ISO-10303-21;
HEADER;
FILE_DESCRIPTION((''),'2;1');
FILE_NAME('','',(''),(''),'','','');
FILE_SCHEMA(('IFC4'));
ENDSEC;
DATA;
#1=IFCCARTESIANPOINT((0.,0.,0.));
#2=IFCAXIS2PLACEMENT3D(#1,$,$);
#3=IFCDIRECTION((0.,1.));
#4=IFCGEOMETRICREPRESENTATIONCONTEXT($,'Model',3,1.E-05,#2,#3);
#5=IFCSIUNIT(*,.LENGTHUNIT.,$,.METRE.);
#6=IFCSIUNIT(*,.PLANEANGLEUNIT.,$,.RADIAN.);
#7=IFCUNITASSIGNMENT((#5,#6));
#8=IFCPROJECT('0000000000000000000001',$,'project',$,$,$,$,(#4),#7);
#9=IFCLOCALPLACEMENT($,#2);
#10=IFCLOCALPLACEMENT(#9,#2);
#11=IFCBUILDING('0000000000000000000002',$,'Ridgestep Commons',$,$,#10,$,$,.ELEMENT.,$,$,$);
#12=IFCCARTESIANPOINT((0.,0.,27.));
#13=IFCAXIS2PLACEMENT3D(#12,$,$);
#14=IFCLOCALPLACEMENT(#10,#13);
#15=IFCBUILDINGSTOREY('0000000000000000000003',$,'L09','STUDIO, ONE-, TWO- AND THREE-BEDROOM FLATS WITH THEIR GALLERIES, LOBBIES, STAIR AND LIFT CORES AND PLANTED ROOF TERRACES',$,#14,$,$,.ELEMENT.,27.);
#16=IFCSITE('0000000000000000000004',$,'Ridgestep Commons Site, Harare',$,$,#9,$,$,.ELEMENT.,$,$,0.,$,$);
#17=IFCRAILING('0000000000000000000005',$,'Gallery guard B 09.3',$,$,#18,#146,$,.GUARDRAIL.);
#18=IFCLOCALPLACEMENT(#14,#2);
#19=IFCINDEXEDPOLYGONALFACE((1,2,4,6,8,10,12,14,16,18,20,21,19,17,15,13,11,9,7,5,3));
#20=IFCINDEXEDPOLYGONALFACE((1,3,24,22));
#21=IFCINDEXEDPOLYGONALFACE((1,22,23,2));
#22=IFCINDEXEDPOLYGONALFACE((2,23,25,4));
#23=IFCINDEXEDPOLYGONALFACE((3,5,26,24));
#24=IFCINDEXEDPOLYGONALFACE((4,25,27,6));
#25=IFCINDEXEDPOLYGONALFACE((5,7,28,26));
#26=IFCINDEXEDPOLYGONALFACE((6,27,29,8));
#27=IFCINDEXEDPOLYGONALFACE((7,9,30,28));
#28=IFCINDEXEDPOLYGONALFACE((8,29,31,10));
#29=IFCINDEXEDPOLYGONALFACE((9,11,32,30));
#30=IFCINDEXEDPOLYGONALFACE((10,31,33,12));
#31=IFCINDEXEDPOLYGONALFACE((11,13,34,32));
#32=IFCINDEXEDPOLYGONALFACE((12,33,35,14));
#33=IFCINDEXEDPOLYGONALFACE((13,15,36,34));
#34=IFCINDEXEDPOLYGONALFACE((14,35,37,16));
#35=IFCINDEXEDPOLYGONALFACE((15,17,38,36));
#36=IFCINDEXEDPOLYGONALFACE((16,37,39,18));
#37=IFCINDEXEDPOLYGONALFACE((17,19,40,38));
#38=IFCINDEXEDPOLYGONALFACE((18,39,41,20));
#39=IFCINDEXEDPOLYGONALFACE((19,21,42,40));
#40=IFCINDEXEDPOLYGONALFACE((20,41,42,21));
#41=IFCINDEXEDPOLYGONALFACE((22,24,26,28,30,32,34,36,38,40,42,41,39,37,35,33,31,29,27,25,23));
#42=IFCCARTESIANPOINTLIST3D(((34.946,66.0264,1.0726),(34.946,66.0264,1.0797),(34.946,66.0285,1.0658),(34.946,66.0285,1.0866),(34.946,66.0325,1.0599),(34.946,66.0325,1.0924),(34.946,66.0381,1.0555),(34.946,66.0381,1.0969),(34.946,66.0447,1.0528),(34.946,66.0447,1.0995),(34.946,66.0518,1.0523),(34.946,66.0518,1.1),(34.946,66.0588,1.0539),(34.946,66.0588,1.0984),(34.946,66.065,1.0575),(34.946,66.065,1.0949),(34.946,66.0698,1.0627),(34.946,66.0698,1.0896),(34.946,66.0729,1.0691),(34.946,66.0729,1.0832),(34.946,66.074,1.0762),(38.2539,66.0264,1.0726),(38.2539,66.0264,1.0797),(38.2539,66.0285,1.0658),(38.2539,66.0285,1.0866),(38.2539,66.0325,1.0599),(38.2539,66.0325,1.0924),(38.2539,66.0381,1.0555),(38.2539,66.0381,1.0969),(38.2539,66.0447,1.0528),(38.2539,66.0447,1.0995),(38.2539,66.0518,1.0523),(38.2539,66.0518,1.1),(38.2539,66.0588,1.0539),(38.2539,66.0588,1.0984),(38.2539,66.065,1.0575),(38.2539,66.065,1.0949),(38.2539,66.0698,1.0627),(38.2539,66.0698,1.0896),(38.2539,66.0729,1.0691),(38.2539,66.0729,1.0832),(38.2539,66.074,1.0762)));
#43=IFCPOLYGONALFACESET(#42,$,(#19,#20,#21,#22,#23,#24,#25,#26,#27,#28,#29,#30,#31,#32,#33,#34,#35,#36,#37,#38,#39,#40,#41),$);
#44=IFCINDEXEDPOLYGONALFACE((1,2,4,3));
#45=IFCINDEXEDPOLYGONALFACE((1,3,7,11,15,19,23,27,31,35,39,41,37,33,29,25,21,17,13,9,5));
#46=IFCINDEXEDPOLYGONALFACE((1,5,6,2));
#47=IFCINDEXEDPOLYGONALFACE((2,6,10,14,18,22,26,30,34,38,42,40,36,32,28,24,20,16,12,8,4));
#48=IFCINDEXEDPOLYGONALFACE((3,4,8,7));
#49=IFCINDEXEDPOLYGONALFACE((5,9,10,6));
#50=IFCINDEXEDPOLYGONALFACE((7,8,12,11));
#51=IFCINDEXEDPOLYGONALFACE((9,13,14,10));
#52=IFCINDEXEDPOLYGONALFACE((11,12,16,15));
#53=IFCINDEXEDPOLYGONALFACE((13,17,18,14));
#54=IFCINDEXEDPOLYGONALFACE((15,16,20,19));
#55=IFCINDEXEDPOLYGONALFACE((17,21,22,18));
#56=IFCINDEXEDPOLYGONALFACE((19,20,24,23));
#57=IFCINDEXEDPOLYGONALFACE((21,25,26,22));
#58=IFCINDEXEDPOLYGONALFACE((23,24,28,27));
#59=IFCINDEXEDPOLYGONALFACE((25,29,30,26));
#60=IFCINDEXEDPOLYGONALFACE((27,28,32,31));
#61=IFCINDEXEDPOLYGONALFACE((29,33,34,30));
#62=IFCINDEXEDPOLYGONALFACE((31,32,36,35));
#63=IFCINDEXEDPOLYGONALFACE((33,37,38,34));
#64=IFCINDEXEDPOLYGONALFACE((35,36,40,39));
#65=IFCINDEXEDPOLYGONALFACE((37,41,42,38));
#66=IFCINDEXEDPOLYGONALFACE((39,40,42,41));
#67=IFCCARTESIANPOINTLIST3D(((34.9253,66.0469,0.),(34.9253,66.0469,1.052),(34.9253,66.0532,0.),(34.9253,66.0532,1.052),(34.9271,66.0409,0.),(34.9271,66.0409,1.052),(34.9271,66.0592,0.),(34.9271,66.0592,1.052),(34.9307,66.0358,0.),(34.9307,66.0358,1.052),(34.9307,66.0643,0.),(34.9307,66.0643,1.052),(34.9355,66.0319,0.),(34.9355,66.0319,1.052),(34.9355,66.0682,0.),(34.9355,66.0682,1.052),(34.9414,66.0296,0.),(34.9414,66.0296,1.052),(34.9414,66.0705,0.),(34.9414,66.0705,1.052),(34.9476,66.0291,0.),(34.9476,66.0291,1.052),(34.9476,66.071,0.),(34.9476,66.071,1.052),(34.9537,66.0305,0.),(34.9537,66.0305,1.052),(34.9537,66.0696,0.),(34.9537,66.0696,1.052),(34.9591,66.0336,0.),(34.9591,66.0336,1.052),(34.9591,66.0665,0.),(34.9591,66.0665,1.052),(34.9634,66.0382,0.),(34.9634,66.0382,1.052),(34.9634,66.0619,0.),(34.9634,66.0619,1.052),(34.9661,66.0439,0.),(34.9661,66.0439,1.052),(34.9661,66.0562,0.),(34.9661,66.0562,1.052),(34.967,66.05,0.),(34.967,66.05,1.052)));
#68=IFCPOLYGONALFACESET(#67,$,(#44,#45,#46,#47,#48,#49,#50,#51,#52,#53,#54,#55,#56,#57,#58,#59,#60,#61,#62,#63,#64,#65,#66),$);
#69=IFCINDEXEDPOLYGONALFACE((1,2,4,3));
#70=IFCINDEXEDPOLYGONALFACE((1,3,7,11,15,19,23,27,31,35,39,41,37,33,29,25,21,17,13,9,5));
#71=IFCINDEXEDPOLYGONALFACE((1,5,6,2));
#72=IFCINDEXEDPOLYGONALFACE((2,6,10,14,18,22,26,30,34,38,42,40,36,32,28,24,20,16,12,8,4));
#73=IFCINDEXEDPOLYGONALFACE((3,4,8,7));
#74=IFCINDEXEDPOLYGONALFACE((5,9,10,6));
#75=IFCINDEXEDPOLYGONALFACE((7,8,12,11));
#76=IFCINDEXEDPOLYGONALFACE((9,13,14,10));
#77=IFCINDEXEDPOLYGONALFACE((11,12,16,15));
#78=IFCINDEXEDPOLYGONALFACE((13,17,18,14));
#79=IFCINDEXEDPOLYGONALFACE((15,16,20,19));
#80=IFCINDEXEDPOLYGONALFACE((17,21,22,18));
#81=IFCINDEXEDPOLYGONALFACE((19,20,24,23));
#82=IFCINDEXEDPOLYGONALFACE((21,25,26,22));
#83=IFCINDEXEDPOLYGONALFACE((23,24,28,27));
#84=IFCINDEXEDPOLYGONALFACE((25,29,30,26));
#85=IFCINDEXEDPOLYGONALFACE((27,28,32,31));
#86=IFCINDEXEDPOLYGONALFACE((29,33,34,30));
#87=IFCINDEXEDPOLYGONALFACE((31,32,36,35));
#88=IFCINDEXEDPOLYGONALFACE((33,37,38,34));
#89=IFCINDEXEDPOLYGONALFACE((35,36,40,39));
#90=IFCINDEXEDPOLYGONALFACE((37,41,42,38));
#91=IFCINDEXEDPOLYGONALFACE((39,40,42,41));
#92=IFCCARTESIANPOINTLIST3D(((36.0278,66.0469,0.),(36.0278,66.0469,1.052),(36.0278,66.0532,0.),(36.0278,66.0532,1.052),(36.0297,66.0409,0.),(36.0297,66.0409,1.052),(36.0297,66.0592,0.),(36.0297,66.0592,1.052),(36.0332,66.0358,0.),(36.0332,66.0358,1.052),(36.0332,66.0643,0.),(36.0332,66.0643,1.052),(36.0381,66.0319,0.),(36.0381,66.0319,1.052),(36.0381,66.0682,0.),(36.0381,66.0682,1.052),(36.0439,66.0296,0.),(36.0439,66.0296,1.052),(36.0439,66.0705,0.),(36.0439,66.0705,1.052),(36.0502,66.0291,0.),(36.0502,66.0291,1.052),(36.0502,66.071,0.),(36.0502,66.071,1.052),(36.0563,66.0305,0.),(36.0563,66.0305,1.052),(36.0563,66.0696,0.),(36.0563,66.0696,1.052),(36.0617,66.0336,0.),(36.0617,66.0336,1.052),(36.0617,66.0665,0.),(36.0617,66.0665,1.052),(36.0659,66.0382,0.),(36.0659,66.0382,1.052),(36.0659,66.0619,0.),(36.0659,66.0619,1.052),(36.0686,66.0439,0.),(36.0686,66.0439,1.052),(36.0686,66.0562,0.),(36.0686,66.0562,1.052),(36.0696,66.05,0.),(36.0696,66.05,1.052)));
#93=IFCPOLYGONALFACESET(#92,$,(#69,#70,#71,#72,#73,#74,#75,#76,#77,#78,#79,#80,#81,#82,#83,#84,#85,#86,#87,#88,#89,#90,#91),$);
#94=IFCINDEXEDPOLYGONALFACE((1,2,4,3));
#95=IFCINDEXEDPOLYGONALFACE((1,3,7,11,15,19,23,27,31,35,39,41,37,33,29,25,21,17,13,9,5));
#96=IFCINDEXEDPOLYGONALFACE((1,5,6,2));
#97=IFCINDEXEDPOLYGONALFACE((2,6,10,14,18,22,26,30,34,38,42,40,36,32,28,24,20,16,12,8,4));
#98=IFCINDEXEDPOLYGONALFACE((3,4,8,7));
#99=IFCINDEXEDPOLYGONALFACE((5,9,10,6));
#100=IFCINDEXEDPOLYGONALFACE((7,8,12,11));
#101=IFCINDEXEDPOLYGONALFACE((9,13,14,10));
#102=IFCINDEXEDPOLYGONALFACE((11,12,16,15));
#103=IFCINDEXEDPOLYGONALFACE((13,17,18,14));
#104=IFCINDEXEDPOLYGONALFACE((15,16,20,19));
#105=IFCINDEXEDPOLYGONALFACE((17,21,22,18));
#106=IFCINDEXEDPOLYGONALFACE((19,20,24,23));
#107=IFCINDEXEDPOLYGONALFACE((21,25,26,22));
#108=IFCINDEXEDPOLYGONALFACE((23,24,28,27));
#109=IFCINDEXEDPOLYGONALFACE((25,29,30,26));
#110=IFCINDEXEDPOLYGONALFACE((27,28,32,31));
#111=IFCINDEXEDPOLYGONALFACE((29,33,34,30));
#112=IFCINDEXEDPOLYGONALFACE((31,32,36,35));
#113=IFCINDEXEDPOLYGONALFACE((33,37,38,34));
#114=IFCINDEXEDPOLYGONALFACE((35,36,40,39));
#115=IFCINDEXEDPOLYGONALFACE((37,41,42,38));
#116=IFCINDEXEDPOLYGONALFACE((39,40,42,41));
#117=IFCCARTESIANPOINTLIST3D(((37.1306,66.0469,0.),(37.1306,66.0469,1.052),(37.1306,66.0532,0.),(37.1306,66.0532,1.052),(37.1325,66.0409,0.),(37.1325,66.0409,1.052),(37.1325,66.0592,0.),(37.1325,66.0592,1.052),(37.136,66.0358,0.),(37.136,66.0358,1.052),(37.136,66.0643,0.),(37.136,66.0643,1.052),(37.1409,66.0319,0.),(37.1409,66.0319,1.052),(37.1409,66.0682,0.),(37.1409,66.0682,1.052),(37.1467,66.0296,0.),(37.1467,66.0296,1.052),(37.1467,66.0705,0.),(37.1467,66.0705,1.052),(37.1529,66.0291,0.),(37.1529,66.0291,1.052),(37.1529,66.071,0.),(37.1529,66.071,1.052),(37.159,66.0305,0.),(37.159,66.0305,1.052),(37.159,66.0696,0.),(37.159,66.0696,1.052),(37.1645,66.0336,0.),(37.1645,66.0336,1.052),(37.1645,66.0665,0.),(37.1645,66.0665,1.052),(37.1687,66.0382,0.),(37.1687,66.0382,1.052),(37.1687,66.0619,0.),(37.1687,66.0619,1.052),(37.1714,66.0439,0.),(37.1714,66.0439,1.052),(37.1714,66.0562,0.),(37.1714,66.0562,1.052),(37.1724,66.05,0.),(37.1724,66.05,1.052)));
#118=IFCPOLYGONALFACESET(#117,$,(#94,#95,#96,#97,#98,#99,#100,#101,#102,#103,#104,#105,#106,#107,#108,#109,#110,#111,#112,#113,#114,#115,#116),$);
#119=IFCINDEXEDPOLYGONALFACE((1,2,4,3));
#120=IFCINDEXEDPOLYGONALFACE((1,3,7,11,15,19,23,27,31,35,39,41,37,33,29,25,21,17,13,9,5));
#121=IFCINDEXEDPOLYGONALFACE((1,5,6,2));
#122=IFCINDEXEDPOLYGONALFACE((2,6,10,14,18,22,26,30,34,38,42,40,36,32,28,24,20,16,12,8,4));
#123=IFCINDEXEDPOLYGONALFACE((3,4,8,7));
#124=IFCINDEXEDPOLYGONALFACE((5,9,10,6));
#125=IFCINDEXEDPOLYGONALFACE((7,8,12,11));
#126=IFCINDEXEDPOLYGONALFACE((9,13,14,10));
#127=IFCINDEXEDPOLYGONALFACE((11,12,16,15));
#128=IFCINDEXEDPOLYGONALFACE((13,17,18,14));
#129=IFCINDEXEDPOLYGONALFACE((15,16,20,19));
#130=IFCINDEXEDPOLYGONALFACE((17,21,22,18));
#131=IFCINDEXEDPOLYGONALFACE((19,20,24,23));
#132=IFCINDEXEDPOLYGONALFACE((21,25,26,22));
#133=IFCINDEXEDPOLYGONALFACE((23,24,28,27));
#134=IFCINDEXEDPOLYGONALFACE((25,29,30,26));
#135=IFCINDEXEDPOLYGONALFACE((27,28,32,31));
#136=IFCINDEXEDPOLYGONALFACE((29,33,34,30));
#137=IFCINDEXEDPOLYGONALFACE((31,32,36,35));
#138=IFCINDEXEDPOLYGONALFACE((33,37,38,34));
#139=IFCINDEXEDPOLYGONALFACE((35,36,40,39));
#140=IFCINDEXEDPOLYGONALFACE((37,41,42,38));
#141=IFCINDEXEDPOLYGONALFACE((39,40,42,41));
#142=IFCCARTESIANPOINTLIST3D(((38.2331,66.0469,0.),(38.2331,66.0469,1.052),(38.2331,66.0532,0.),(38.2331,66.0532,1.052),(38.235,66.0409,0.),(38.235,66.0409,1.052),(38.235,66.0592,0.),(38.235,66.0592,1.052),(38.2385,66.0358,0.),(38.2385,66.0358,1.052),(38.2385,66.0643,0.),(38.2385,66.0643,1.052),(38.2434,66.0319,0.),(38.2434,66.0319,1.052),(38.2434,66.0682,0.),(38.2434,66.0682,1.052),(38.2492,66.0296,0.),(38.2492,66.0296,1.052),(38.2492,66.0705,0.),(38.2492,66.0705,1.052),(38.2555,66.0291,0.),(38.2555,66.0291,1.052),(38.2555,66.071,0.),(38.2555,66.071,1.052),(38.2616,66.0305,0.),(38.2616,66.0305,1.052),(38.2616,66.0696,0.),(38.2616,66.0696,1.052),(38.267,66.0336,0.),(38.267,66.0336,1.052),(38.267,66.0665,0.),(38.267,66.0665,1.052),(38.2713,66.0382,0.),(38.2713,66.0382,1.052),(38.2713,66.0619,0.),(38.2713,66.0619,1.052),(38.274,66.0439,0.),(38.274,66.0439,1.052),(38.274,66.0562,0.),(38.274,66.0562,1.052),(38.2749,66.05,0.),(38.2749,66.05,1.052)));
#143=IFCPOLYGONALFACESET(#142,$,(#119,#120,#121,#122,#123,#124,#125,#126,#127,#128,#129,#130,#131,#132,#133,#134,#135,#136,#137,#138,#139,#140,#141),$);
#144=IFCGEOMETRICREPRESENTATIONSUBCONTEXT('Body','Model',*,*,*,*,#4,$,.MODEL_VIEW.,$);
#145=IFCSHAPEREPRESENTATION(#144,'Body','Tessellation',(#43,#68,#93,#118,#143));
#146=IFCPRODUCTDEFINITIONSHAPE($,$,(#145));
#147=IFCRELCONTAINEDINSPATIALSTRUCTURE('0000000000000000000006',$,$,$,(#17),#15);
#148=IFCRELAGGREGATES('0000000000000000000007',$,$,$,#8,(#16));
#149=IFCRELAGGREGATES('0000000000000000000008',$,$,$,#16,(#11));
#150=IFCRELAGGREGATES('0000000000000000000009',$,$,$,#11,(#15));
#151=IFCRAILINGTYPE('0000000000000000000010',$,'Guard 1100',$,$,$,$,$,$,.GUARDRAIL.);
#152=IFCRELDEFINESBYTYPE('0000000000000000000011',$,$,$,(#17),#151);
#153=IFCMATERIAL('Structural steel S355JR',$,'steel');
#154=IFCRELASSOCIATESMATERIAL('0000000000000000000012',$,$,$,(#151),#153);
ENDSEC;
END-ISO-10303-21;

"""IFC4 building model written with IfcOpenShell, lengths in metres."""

from ifc_helpers import new_model, si_unit, direction, frame, origin, origin_2d, place, context, subcontext, project, spatial, circle, extrude, material, type_object, element, save


model = new_model("IFC4")

# Units and contexts
model_context = context("Model", 3, precision=1e-05, world=origin(), true_north=direction((0.0, 1.0)))
body_context = subcontext(model_context, "Body", "Model", "MODEL_VIEW")
ifc_project = project(units=[si_unit("LENGTHUNIT", "METRE"), si_unit("PLANEANGLEUNIT", "RADIAN")], contexts=[model_context])

# Site, building, storey
site_placement = place(None, origin())
site = spatial("IfcSite", under=ifc_project, at=site_placement, Name="Ridgestep Commons Site, Harare", CompositionType="ELEMENT", RefElevation=0.0)
building_placement = place(site_placement, origin())
building = spatial("IfcBuilding", under=site, at=building_placement, Name="Ridgestep Commons", CompositionType="ELEMENT")
storey_placement = place(building_placement, frame((0.0, 0.0, 27.0)))
storey = spatial("IfcBuildingStorey", under=building, at=storey_placement, Name="L09", Description="STUDIO, ONE-, TWO- AND THREE-BEDROOM FLATS WITH THEIR GALLERIES, LOBBIES, STAIR AND LIFT CORES AND PLANTED ROOF TERRACES", CompositionType="ELEMENT", Elevation=27.0)

# Railing
ifc_material_1 = material(Name="Structural steel S355JR", Category="steel")
railing_type_1 = type_object("IfcRailingType", Name="Guard 1100", PredefinedType="GUARDRAIL", material=ifc_material_1)
railing_1_placement = place(storey_placement, frame((34.946, 66.05, 0.0)))
element("IfcRailing", 1, at=railing_1_placement, inside=storey, type_object=railing_type_1, Name="Gallery guard B 09.3", PredefinedType="GUARDRAIL", context=body_context, shape_type="SweptSolid", body=[
    extrude(circle(Radius=0.0239, at=origin_2d()), frame((0.0, 0.0, 1.0762), z_axis=(1.0, 0.0, 0.0), x_axis=(0.0, 1.0, 0.0)), (0.0, 0.0, 1.0), 3.3079),
    extrude(circle(Radius=0.021, at=origin_2d()), origin(), (0.0, 0.0, 1.0), 1.052),
    extrude(circle(Radius=0.021, at=origin_2d()), frame((1.1025, 0.0, 0.0)), (0.0, 0.0, 1.0), 1.052),
    extrude(circle(Radius=0.021, at=origin_2d()), frame((2.2053, 0.0, 0.0)), (0.0, 0.0, 1.0), 1.052),
    extrude(circle(Radius=0.021, at=origin_2d()), frame((3.3079, 0.0, 0.0)), (0.0, 0.0, 1.0), 1.052),
])

save(model, "model.ifc")
